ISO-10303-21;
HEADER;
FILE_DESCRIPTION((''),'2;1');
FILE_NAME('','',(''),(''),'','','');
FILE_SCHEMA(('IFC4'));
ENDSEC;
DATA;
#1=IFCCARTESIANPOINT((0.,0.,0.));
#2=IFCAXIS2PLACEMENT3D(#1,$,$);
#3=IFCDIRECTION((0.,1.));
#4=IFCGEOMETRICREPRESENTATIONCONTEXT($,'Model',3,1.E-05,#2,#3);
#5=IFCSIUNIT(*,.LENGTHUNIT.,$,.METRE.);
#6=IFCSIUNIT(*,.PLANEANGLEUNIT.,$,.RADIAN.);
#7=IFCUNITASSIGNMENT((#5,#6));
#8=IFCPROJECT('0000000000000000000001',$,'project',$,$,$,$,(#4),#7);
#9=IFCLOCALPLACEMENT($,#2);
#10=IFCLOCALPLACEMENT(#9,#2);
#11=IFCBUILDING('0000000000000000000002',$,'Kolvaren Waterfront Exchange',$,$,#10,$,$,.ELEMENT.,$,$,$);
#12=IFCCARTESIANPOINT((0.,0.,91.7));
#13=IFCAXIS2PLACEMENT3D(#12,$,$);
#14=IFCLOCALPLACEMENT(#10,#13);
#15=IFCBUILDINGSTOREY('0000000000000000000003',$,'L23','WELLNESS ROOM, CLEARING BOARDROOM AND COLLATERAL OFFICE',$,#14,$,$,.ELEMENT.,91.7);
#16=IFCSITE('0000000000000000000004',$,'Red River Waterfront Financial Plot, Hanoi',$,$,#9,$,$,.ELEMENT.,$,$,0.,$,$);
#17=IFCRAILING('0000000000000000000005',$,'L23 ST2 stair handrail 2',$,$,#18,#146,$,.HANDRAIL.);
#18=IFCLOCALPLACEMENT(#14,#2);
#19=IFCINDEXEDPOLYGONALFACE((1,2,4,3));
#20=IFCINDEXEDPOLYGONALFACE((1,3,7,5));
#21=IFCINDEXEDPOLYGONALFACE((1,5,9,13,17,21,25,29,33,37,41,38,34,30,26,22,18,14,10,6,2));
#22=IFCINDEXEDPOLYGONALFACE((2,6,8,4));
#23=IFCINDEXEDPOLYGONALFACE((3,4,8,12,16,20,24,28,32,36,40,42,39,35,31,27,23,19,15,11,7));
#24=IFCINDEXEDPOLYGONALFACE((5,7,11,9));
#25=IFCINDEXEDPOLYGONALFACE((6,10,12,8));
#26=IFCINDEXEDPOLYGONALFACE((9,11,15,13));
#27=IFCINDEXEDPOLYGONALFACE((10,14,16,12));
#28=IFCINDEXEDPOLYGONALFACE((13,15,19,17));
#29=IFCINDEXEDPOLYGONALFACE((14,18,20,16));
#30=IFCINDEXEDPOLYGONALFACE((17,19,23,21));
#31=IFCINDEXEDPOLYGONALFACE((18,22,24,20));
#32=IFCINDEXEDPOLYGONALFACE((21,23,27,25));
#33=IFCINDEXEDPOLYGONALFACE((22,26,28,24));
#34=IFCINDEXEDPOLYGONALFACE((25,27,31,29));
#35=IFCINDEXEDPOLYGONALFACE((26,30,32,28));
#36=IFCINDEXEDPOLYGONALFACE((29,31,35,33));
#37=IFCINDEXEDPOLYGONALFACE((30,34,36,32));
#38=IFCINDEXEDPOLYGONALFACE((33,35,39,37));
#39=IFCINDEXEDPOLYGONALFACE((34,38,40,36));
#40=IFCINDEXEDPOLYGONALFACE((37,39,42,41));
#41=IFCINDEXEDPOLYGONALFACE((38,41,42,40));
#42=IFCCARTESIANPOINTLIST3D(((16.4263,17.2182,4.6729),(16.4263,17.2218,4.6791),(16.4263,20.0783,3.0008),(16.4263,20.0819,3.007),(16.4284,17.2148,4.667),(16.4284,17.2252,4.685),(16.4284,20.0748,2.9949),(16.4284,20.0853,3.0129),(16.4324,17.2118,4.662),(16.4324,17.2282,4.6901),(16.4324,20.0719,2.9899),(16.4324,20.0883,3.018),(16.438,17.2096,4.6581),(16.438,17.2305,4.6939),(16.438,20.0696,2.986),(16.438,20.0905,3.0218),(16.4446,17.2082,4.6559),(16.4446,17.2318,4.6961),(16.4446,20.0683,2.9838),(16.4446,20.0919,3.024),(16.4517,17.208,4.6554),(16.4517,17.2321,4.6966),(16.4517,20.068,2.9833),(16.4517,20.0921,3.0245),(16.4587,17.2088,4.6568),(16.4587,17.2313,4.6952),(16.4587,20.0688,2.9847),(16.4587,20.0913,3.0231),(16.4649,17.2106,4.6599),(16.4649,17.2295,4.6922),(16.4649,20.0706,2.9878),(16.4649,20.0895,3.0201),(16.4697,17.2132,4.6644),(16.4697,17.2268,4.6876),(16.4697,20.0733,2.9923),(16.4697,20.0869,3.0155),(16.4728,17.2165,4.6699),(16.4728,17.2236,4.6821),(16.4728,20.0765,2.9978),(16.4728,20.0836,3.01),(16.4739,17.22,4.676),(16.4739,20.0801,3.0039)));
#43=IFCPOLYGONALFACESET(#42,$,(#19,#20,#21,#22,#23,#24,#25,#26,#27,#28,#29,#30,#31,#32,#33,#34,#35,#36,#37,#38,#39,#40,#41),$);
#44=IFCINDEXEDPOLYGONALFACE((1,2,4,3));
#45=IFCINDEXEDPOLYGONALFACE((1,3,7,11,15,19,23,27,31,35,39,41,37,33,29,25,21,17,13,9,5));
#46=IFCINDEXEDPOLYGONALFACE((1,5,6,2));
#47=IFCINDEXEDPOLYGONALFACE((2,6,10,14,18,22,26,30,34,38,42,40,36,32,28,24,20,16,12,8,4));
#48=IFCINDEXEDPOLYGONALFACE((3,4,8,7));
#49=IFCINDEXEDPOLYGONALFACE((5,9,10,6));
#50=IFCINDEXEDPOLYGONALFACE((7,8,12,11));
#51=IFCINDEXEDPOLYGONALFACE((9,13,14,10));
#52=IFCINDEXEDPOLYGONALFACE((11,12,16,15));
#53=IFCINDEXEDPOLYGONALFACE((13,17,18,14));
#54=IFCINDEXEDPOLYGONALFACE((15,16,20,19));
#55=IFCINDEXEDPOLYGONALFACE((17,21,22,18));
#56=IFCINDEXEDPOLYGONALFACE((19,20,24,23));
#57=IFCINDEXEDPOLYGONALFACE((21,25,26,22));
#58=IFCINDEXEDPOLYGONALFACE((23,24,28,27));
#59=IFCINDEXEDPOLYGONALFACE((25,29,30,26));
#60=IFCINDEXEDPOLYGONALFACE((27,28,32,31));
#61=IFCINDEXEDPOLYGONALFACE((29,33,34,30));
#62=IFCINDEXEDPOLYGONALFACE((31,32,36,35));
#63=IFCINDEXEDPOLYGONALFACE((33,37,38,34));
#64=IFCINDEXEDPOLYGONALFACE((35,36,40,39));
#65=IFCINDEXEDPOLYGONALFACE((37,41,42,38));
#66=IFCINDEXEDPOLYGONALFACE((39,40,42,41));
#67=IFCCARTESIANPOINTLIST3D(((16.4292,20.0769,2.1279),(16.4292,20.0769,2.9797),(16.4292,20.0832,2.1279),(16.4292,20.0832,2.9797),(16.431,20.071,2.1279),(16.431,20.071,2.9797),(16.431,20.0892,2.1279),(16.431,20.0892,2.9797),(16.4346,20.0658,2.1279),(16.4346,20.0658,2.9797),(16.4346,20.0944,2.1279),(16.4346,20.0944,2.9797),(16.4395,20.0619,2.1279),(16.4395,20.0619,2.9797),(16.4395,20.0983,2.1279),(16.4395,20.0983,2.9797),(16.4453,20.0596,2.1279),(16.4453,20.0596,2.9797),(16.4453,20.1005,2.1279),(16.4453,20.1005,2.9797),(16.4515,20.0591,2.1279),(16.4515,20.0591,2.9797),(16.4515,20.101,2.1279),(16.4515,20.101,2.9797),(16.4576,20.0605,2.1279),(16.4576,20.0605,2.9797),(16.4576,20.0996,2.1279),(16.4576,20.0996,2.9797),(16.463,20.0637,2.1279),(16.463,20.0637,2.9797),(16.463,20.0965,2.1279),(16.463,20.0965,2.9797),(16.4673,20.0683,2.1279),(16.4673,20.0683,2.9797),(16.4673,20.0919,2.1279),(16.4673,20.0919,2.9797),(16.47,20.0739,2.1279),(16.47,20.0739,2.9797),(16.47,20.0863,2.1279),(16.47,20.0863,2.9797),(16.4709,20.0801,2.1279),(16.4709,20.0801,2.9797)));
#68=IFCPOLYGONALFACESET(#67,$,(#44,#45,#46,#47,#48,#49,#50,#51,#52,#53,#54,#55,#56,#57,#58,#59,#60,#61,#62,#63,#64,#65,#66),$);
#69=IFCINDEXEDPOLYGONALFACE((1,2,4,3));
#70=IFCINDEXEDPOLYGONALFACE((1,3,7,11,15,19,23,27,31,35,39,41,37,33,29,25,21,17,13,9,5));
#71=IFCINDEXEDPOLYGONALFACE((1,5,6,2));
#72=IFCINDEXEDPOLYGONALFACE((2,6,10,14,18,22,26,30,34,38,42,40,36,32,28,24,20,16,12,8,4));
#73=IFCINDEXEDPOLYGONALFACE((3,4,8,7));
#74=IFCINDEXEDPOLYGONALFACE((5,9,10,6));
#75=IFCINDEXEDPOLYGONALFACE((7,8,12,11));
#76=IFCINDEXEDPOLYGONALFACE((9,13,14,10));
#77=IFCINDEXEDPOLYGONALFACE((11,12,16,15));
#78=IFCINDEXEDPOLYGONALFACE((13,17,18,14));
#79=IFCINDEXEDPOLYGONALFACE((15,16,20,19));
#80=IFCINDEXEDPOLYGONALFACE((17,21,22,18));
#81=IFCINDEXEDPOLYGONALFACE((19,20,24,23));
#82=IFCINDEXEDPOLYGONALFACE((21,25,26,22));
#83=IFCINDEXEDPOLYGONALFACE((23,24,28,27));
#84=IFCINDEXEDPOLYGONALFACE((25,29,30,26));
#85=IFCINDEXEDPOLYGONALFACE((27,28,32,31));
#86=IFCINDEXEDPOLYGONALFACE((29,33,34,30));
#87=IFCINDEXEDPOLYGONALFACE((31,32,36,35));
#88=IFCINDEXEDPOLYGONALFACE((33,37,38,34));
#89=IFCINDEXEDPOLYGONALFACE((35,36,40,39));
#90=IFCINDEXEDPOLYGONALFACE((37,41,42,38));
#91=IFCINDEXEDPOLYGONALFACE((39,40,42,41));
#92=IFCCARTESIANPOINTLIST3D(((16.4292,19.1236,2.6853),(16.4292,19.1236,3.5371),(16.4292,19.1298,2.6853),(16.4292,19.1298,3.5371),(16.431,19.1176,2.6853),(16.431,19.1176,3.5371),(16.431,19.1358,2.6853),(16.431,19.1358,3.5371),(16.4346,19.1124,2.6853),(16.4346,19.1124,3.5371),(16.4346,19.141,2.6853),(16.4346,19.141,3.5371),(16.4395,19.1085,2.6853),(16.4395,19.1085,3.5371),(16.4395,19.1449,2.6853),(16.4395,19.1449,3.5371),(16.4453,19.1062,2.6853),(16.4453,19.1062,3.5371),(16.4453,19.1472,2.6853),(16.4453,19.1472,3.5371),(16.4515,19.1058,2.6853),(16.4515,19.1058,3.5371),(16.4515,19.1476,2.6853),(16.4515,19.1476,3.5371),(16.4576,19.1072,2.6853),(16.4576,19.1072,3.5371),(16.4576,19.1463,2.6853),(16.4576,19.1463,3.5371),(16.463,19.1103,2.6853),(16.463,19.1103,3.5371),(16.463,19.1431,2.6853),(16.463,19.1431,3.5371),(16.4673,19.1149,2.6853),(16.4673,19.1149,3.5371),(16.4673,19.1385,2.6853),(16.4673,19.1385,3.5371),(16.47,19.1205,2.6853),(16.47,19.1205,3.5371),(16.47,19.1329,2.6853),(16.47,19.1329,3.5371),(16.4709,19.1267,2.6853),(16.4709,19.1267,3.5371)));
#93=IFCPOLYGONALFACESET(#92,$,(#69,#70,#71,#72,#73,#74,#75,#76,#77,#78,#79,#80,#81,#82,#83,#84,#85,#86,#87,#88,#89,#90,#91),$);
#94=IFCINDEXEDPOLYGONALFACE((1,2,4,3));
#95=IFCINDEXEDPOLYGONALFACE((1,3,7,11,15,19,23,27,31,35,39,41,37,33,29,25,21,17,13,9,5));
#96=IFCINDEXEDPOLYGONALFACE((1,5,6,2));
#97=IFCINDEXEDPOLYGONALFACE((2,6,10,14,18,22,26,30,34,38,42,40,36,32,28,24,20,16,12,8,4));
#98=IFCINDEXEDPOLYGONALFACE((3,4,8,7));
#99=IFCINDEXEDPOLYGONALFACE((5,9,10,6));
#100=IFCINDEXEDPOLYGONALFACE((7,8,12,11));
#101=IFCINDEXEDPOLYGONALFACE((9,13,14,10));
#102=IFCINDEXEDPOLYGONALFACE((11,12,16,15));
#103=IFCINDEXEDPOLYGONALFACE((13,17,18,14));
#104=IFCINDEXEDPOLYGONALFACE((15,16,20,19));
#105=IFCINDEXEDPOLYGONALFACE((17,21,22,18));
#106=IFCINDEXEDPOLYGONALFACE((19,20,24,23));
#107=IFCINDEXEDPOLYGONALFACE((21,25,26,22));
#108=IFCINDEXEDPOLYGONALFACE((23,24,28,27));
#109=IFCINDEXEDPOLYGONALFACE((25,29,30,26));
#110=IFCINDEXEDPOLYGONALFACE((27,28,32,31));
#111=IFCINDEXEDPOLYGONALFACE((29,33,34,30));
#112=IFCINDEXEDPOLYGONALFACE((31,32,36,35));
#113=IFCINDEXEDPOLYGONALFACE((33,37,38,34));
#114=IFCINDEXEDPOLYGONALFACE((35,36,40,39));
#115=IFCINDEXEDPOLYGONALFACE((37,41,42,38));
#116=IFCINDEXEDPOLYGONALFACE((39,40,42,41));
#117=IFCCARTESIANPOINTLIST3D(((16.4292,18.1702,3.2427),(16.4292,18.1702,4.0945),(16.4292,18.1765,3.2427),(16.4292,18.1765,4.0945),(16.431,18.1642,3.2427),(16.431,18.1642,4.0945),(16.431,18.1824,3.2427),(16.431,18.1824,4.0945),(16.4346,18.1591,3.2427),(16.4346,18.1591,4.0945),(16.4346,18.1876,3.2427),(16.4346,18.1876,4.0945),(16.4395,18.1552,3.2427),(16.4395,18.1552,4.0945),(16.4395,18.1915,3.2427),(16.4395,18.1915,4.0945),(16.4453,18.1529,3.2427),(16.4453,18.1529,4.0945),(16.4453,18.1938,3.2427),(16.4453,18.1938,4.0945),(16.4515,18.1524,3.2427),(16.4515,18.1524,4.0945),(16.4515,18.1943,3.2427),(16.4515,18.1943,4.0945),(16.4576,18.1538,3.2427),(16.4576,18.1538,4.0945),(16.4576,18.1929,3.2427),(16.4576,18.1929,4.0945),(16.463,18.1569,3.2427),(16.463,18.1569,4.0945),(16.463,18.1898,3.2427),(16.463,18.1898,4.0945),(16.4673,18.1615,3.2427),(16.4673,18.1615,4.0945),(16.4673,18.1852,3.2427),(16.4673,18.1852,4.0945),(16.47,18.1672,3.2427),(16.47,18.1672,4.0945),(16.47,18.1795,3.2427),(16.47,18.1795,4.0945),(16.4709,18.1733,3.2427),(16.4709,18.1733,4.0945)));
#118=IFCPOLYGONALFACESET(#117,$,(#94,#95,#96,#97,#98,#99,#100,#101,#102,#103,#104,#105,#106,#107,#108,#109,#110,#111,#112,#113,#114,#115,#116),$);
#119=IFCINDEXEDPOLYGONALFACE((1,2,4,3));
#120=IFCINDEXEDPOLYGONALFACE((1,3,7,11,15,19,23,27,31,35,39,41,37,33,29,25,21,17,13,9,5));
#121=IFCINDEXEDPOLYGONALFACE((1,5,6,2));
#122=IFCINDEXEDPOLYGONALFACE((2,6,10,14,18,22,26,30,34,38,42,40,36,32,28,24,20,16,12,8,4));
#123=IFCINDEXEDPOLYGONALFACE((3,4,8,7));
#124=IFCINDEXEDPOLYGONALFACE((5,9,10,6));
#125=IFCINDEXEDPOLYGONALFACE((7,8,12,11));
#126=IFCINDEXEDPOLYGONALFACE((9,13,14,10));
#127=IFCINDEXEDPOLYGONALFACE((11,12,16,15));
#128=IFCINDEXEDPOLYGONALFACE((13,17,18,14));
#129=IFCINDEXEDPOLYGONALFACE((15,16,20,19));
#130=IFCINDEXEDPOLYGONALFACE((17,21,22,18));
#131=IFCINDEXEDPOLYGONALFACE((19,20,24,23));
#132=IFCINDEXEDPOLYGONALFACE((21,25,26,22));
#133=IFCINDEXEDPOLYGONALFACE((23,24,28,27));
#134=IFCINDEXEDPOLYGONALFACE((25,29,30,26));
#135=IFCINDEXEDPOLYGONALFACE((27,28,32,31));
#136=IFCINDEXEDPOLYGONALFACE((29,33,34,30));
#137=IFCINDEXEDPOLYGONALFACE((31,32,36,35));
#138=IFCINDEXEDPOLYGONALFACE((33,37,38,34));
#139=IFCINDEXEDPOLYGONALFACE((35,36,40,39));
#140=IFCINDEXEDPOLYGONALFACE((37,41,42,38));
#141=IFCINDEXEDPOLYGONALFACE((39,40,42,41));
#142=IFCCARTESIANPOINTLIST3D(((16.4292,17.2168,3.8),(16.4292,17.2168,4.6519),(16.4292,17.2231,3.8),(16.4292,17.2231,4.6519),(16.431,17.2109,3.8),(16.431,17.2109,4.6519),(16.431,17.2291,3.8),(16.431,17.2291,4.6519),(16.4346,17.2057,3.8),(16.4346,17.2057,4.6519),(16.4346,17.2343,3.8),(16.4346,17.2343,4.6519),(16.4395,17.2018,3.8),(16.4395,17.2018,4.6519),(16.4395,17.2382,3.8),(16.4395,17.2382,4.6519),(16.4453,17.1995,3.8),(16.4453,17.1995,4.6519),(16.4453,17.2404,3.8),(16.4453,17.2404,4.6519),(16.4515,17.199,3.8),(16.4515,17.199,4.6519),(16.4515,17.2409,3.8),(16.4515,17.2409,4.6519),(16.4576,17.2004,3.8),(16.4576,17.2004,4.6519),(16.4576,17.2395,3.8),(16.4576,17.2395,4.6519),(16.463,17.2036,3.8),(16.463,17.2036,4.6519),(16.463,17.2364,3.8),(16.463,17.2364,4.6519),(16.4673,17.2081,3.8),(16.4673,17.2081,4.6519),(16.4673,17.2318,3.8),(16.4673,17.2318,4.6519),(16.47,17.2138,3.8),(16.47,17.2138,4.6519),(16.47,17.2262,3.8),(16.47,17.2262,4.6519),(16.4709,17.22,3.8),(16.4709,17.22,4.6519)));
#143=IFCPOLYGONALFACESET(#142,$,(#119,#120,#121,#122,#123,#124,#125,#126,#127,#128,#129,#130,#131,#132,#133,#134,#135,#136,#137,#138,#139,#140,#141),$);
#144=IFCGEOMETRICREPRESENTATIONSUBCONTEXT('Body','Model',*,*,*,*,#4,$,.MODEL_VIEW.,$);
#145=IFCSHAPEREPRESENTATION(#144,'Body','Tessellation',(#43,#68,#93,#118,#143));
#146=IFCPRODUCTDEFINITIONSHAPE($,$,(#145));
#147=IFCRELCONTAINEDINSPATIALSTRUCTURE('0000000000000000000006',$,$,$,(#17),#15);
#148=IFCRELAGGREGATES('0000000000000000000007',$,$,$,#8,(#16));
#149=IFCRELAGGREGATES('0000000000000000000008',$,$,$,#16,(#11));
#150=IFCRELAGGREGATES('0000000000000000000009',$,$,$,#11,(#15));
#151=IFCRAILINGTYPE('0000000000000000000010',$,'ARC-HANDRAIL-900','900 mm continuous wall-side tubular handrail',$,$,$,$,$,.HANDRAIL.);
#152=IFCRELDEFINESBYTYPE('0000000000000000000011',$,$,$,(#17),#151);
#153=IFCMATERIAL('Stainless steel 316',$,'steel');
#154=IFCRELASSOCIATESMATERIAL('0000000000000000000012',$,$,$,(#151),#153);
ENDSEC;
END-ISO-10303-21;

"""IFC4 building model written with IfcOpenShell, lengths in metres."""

from ifc_helpers import new_model, si_unit, direction, frame, origin, origin_2d, place, context, subcontext, project, spatial, circle, extrude, material, type_object, element, save


model = new_model("IFC4")

# Units and contexts
model_context = context("Model", 3, precision=1e-05, world=origin(), true_north=direction((0.0, 1.0)))
body_context = subcontext(model_context, "Body", "Model", "MODEL_VIEW")
ifc_project = project(units=[si_unit("LENGTHUNIT", "METRE"), si_unit("PLANEANGLEUNIT", "RADIAN")], contexts=[model_context])

# Site, building, storey
site_placement = place(None, origin())
site = spatial("IfcSite", under=ifc_project, at=site_placement, Name="Red River Waterfront Financial Plot, Hanoi", CompositionType="ELEMENT", RefElevation=0.0)
building_placement = place(site_placement, origin())
building = spatial("IfcBuilding", under=site, at=building_placement, Name="Kolvaren Waterfront Exchange", CompositionType="ELEMENT")
storey_placement = place(building_placement, frame((0.0, 0.0, 91.7)))
storey = spatial("IfcBuildingStorey", under=building, at=storey_placement, Name="L23", Description="WELLNESS ROOM, CLEARING BOARDROOM AND COLLATERAL OFFICE", CompositionType="ELEMENT", Elevation=91.7)

# Railing
ifc_material_1 = material(Name="Stainless steel 316", Category="steel")
railing_type_1 = type_object("IfcRailingType", Name="ARC-HANDRAIL-900", Description="900 mm continuous wall-side tubular handrail", PredefinedType="HANDRAIL", material=ifc_material_1)
railing_1_placement = place(storey_placement, frame((16.45, 20.0801, 2.1279)))
element("IfcRailing", 1, at=railing_1_placement, inside=storey, type_object=railing_type_1, Name="L23 ST2 stair handrail 2", PredefinedType="HANDRAIL", context=body_context, shape_type="SweptSolid", body=[
    extrude(circle(Radius=0.0239, at=origin_2d()), frame((0.0, 0.0, 0.876), z_axis=(0.0, -0.863289, 0.504709), x_axis=(1.0, 0.0, 0.0)), (0.0, 0.0, 1.0), 3.313),
    extrude(circle(Radius=0.021, at=origin_2d()), origin(), (0.0, 0.0, 1.0), 0.8518),
    extrude(circle(Radius=0.021, at=origin_2d()), frame((0.0, -0.9534, 0.5574)), (0.0, 0.0, 1.0), 0.8518),
    extrude(circle(Radius=0.021, at=origin_2d()), frame((0.0, -1.9067, 1.1147)), (0.0, 0.0, 1.0), 0.8518),
    extrude(circle(Radius=0.021, at=origin_2d()), frame((0.0, -2.8601, 1.6721)), (0.0, 0.0, 1.0), 0.8518),
])

save(model, "model.ifc")
